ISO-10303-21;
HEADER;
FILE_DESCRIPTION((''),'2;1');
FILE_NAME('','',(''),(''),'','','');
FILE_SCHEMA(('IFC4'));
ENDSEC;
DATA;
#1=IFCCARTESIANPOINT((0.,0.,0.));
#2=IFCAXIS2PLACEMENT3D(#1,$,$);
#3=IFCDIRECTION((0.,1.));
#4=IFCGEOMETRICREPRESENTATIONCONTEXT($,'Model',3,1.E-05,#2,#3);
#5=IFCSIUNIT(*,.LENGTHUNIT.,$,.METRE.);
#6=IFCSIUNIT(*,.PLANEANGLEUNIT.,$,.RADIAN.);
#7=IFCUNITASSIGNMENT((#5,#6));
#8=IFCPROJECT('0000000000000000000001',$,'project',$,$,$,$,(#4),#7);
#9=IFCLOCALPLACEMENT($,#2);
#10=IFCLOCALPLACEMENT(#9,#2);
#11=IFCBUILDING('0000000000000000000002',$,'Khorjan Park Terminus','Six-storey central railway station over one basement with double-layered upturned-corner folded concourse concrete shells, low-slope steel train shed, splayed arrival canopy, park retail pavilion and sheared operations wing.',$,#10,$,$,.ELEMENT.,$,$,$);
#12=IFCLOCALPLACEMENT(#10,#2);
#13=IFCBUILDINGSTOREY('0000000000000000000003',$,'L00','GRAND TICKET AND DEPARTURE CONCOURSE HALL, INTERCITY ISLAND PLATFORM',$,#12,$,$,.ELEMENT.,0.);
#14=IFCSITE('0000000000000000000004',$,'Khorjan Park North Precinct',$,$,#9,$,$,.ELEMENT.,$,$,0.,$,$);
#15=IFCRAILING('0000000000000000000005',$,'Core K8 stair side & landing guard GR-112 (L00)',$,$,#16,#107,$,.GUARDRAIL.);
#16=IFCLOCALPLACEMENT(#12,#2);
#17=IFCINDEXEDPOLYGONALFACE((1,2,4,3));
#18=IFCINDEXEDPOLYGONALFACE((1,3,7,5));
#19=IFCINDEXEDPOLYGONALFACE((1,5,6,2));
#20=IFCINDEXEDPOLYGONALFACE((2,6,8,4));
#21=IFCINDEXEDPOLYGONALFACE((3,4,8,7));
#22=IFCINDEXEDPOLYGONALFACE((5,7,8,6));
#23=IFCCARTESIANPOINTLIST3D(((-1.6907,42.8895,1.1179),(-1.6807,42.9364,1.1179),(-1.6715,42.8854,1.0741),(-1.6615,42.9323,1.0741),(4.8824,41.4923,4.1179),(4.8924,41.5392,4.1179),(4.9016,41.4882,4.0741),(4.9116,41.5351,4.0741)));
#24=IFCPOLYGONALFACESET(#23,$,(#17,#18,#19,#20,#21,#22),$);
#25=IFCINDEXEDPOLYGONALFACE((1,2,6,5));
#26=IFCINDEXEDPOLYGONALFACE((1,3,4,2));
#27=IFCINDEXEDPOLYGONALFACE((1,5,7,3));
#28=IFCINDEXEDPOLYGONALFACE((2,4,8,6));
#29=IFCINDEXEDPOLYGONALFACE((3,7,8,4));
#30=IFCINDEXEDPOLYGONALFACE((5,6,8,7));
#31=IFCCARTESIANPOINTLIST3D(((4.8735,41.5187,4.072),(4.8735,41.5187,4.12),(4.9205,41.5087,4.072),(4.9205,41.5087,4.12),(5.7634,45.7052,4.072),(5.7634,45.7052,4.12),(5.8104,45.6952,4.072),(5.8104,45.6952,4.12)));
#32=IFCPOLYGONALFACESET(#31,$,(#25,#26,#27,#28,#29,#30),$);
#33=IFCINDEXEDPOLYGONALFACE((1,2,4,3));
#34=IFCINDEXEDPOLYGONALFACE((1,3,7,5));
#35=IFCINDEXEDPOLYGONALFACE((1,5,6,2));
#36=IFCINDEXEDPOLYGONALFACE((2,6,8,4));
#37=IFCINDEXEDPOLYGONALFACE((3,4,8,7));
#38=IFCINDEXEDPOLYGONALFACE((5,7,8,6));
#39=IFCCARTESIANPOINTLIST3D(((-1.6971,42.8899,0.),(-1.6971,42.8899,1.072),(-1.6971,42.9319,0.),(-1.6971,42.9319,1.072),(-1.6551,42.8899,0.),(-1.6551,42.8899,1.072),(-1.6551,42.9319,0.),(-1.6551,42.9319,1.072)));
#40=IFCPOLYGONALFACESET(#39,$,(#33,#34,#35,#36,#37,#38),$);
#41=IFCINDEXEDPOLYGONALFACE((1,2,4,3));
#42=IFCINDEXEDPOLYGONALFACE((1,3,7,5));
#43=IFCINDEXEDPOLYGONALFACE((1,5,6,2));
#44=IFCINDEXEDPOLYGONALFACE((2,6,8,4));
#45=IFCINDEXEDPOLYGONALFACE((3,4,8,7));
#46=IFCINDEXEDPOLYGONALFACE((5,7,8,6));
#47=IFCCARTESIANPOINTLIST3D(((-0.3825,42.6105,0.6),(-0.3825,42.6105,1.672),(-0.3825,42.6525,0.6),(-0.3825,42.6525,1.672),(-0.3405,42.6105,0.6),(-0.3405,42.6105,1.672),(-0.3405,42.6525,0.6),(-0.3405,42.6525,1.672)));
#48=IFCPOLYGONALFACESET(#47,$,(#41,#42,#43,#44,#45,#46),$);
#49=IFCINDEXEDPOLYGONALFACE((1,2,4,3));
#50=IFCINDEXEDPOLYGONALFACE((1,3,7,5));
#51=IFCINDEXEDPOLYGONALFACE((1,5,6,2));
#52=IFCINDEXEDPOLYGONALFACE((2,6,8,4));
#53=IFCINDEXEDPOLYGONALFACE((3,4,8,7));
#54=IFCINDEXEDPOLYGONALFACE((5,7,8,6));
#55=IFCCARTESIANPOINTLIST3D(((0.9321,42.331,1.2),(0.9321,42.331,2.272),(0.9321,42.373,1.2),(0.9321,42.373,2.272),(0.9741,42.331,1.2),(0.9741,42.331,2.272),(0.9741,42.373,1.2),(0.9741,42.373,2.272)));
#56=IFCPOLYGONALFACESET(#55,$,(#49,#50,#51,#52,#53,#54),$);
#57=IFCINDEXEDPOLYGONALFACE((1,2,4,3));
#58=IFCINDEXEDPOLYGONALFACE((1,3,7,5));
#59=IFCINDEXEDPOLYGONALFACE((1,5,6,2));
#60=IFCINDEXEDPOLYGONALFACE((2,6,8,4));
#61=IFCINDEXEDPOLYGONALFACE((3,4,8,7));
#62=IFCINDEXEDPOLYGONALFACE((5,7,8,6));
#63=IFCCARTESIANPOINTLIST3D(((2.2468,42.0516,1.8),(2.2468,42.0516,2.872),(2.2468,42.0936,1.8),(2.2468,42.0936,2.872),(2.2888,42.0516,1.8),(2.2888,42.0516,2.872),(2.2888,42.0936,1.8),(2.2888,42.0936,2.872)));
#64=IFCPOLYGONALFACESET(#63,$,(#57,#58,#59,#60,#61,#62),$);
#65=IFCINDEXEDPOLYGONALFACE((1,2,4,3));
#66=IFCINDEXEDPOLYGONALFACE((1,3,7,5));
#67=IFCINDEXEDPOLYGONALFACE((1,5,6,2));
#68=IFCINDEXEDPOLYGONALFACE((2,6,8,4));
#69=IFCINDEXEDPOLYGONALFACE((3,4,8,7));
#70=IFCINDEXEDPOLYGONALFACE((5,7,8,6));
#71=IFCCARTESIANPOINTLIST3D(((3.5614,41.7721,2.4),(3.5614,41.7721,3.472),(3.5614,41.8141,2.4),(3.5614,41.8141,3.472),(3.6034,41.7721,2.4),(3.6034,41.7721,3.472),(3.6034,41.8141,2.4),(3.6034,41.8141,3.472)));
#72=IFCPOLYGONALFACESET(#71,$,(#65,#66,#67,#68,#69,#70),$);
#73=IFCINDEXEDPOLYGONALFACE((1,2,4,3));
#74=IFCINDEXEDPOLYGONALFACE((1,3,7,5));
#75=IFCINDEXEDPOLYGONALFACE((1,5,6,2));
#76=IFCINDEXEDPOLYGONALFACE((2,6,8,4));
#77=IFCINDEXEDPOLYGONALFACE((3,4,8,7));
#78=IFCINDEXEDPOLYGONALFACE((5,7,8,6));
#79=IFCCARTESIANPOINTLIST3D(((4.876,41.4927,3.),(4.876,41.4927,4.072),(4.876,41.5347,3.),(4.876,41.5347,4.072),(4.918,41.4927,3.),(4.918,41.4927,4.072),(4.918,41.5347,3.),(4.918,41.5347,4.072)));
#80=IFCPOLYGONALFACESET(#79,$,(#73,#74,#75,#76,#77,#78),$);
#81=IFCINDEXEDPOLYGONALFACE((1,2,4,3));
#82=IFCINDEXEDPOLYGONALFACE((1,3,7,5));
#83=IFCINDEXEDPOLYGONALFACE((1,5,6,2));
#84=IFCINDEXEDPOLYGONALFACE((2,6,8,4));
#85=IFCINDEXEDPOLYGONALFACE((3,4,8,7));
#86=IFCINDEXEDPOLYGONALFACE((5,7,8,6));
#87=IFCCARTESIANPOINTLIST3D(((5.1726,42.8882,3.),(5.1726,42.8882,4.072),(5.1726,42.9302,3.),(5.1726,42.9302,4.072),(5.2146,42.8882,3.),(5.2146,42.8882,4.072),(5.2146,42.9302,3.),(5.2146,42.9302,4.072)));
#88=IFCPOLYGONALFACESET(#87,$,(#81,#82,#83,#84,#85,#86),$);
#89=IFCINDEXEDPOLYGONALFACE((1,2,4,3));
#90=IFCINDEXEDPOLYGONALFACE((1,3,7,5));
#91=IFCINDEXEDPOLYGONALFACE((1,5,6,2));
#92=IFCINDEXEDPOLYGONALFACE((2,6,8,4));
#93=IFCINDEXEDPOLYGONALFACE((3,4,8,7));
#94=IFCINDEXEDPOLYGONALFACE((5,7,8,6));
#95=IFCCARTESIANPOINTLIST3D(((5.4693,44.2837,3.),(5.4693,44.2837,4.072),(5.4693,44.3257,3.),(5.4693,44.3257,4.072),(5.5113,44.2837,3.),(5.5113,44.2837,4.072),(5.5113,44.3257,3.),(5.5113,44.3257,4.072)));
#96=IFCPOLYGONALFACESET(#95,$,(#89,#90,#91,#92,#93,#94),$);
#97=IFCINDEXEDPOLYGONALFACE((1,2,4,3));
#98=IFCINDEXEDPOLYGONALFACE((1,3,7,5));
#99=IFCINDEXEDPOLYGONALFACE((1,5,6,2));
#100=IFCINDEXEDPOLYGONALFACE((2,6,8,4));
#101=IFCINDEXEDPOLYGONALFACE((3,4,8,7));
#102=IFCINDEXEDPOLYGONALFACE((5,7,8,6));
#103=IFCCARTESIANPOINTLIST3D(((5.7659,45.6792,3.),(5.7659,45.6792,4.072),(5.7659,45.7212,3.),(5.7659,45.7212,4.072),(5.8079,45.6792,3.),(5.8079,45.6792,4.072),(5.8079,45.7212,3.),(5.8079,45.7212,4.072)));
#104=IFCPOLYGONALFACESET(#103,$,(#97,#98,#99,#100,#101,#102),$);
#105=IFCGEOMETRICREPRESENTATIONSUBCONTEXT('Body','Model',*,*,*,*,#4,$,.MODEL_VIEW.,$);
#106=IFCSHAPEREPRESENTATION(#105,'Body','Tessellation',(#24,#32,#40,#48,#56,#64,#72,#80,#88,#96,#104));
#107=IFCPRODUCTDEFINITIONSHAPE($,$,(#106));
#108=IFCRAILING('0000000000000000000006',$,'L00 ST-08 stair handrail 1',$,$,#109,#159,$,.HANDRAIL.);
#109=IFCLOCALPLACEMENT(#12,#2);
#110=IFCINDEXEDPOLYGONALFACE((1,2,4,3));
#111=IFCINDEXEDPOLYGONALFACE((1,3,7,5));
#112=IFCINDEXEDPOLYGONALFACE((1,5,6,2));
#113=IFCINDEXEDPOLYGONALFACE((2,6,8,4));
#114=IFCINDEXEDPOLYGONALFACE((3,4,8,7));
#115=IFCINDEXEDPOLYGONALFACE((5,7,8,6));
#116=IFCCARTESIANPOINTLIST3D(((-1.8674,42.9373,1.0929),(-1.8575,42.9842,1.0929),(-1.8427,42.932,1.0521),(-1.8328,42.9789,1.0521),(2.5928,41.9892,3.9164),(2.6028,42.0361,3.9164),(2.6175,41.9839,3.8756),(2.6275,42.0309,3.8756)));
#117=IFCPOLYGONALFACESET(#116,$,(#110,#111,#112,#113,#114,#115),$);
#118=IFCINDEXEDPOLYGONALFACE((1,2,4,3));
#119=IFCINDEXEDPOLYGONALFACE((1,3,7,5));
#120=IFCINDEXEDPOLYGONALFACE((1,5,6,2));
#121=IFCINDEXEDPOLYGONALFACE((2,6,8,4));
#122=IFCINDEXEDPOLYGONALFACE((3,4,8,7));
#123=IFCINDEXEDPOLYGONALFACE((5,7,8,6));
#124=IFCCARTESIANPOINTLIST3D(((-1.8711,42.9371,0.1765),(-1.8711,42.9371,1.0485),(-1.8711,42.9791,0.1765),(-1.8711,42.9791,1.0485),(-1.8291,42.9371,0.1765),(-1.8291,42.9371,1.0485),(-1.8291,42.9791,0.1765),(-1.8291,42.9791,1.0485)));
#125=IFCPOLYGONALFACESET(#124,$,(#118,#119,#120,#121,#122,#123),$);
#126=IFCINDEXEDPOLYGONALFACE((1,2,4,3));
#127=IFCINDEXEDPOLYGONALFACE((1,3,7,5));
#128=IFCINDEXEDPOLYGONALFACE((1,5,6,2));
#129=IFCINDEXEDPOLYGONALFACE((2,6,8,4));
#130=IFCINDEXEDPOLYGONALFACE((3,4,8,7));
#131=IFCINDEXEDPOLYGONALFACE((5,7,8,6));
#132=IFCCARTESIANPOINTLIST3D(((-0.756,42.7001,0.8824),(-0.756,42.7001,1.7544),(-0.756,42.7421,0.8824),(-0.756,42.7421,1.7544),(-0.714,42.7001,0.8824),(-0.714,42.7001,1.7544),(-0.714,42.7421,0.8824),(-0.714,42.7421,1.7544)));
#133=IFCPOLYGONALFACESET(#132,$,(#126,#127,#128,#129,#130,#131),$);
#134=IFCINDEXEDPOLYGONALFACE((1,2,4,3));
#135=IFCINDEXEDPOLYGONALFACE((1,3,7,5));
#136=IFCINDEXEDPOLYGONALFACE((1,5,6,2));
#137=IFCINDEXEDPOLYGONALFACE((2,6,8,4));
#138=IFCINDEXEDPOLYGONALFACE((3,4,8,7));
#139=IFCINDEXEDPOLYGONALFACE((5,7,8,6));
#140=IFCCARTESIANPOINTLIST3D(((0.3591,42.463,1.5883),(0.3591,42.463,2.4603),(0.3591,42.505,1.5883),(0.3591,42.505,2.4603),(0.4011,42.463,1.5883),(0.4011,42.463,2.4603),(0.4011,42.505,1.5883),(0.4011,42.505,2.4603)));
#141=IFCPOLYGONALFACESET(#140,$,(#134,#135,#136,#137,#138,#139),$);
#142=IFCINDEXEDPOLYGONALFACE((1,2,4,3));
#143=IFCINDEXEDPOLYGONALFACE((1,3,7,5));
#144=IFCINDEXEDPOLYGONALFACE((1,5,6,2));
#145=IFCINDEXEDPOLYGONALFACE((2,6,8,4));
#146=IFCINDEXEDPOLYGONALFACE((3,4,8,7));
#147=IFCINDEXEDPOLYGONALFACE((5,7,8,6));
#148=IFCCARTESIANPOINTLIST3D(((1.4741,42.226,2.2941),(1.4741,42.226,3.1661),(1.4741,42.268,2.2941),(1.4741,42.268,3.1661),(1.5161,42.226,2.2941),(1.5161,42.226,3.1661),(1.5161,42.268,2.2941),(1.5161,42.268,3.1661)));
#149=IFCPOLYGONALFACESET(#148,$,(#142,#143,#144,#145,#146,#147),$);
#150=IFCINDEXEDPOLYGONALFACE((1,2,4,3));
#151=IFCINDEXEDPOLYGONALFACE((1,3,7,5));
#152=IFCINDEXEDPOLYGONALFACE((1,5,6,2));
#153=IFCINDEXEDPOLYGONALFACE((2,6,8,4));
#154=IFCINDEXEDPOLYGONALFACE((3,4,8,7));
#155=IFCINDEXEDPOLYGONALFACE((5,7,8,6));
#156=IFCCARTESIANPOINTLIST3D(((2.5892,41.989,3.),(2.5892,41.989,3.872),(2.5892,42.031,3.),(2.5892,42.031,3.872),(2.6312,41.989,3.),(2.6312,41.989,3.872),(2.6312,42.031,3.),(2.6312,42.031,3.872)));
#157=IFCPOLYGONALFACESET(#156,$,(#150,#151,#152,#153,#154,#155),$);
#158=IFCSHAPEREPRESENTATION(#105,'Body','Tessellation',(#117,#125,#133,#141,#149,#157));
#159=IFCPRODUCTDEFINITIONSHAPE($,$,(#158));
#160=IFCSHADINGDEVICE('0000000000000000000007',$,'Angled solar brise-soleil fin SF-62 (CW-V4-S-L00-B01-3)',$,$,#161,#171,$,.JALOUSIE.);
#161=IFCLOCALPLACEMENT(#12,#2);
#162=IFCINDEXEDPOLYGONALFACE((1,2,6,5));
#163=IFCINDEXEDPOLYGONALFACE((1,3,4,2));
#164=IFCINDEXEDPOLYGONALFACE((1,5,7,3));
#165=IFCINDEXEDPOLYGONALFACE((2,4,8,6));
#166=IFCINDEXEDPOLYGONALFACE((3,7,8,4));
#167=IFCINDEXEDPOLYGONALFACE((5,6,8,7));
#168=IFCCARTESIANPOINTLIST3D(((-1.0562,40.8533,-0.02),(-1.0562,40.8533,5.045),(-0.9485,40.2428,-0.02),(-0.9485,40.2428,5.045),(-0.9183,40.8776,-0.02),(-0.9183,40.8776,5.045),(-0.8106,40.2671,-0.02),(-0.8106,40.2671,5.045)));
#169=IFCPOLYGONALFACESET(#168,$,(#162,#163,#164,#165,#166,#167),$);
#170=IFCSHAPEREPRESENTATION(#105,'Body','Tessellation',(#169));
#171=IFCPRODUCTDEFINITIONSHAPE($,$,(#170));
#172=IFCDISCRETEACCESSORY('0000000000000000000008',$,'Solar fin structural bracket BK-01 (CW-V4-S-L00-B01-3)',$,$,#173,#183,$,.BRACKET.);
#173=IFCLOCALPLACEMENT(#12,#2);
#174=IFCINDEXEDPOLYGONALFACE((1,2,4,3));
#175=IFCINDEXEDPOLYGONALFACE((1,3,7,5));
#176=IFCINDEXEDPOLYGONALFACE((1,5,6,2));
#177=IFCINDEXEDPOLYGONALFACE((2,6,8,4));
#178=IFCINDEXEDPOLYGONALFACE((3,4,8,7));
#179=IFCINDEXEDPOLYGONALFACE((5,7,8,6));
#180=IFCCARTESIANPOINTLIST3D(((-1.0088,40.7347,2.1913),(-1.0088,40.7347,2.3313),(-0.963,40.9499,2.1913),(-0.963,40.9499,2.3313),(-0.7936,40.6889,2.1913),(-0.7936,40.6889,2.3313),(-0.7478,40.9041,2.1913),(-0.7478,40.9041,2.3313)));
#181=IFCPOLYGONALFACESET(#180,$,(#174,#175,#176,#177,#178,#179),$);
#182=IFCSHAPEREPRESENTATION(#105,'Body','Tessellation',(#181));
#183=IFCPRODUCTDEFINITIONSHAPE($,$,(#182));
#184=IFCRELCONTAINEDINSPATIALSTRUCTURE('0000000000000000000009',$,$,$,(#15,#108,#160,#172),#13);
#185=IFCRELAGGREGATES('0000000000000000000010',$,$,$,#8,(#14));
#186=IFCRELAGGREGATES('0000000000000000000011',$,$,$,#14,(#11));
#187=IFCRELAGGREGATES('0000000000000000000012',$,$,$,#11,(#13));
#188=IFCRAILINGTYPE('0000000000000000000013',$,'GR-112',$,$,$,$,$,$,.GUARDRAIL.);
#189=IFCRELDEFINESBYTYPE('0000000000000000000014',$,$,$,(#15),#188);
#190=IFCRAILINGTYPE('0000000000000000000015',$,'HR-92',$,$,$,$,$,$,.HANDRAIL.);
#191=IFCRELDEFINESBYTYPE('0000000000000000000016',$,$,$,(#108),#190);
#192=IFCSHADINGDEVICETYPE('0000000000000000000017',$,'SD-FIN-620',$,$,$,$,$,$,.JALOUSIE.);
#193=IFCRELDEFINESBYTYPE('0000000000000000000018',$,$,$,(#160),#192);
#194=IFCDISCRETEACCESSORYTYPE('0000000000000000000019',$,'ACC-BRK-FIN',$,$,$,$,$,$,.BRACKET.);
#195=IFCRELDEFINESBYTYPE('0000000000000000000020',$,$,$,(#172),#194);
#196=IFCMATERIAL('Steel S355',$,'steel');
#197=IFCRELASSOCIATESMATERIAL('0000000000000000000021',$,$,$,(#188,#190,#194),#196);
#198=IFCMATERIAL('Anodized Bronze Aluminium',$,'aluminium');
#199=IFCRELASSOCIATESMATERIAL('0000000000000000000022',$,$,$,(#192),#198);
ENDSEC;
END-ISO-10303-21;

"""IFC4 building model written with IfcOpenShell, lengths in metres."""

from ifc_helpers import new_model, si_unit, direction, frame, origin, origin_2d, place, context, subcontext, project, spatial, rectangle, extrude, material, type_object, element, save


model = new_model("IFC4")

# Units and contexts
model_context = context("Model", 3, precision=1e-05, world=origin(), true_north=direction((0.0, 1.0)))
body_context = subcontext(model_context, "Body", "Model", "MODEL_VIEW")
ifc_project = project(units=[si_unit("LENGTHUNIT", "METRE"), si_unit("PLANEANGLEUNIT", "RADIAN")], contexts=[model_context])

# Site, building, storey
site_placement = place(None, origin())
site = spatial("IfcSite", under=ifc_project, at=site_placement, Name="Khorjan Park North Precinct", CompositionType="ELEMENT", RefElevation=0.0)
building_placement = place(site_placement, origin())
building = spatial("IfcBuilding", under=site, at=building_placement, Name="Khorjan Park Terminus", Description="Six-storey central railway station over one basement with double-layered upturned-corner folded concourse concrete shells, low-slope steel train shed, splayed arrival canopy, park retail pavilion and sheared operations wing.", CompositionType="ELEMENT")
storey_placement = place(building_placement, origin())
storey = spatial("IfcBuildingStorey", under=building, at=storey_placement, Name="L00", Description="GRAND TICKET AND DEPARTURE CONCOURSE HALL, INTERCITY ISLAND PLATFORM", CompositionType="ELEMENT", Elevation=0.0)

# Shared definitions
ifc_material_1 = material(Name="Anodized Bronze Aluminium", Category="aluminium")

# Railings
ifc_material_2 = material(Name="Steel S355", Category="steel")
railing_type_1 = type_object("IfcRailingType", Name="GR-112", PredefinedType="GUARDRAIL", material=ifc_material_2)
railing_1_placement = place(storey_placement, frame((-1.6761, 42.9109, 0.0)))
element("IfcRailing", 1, at=railing_1_placement, inside=storey, type_object=railing_type_1, Name="Core K8 stair side & landing guard GR-112 (L00)", PredefinedType="GUARDRAIL", context=body_context, shape_type="SweptSolid", body=[
    extrude(rectangle(XDim=0.048, YDim=0.048, at=origin_2d()), frame((0.0, 0.0, 1.096), z_axis=(0.893181, -0.189858, 0.407653), x_axis=(0.207918, 0.978146, 0.0)), (0.0, 0.0, 1.0), 7.3592),
    extrude(rectangle(XDim=0.048, YDim=0.048, at=origin_2d()), frame((6.5731, -1.3972, 4.096), z_axis=(0.207919, 0.978146, 0.0), x_axis=(-0.978146, 0.207919, 0.0)), (0.0, 0.0, 1.0), 4.28),
    extrude(rectangle(XDim=0.042, YDim=0.042, at=origin_2d()), origin(), (0.0, 0.0, 1.0), 1.072),
    extrude(rectangle(XDim=0.042, YDim=0.042, at=origin_2d()), frame((1.3146, -0.2794, 0.6)), (0.0, 0.0, 1.0), 1.072),
    extrude(rectangle(XDim=0.042, YDim=0.042, at=origin_2d()), frame((2.6292, -0.5589, 1.2)), (0.0, 0.0, 1.0), 1.072),
    extrude(rectangle(XDim=0.042, YDim=0.042, at=origin_2d()), frame((3.9439, -0.8383, 1.8)), (0.0, 0.0, 1.0), 1.072),
    extrude(rectangle(XDim=0.042, YDim=0.042, at=origin_2d()), frame((5.2585, -1.1178, 2.4)), (0.0, 0.0, 1.0), 1.072),
    extrude(rectangle(XDim=0.042, YDim=0.042, at=origin_2d()), frame((6.5731, -1.3972, 3.0)), (0.0, 0.0, 1.0), 1.072),
    extrude(rectangle(XDim=0.042, YDim=0.042, at=origin_2d()), frame((6.8697, -0.0017, 3.0)), (0.0, 0.0, 1.0), 1.072),
    extrude(rectangle(XDim=0.042, YDim=0.042, at=origin_2d()), frame((7.1664, 1.3938, 3.0)), (0.0, 0.0, 1.0), 1.072),
    extrude(rectangle(XDim=0.042, YDim=0.042, at=origin_2d()), frame((7.463, 2.7893, 3.0)), (0.0, 0.0, 1.0), 1.072),
])
railing_type_2 = type_object("IfcRailingType", Name="HR-92", PredefinedType="HANDRAIL", material=ifc_material_2)
railing_2_placement = place(storey_placement, frame((-1.8501, 42.9581, 0.1765)))
element("IfcRailing", 2, at=railing_2_placement, inside=storey, type_object=railing_type_2, Name="L00 ST-08 stair handrail 1", PredefinedType="HANDRAIL", context=body_context, shape_type="SweptSolid", body=[
    extrude(rectangle(XDim=0.048, YDim=0.048, at=origin_2d()), frame((0.0, 0.0, 0.896), z_axis=(0.831629, -0.176774, 0.526445), x_axis=(0.207919, 0.978146, 0.0)), (0.0, 0.0, 1.0), 5.3633),
    extrude(rectangle(XDim=0.042, YDim=0.042, at=origin_2d()), origin(), (0.0, 0.0, 1.0), 0.872),
    extrude(rectangle(XDim=0.042, YDim=0.042, at=origin_2d()), frame((1.1151, -0.237, 0.7059)), (0.0, 0.0, 1.0), 0.872),
    extrude(rectangle(XDim=0.042, YDim=0.042, at=origin_2d()), frame((2.2302, -0.4741, 1.4118)), (0.0, 0.0, 1.0), 0.872),
    extrude(rectangle(XDim=0.042, YDim=0.042, at=origin_2d()), frame((3.3452, -0.7111, 2.1176)), (0.0, 0.0, 1.0), 0.872),
    extrude(rectangle(XDim=0.042, YDim=0.042, at=origin_2d()), frame((4.4603, -0.9481, 2.8235)), (0.0, 0.0, 1.0), 0.872),
])

# Shading device
shading_device_type = type_object("IfcShadingDeviceType", Name="SD-FIN-620", PredefinedType="JALOUSIE", material=ifc_material_1)
shading_device_placement = place(storey_placement, frame((-0.9334, 40.5602, -0.02), z_axis=(0.0, 0.0, 1.0), x_axis=(-0.173648, 0.984808, 0.0)))
element("IfcShadingDevice", 3, at=shading_device_placement, inside=storey, type_object=shading_device_type, Name="Angled solar brise-soleil fin SF-62 (CW-V4-S-L00-B01-3)", PredefinedType="JALOUSIE", context=body_context, shape_type="SweptSolid", body=[
    extrude(rectangle(XDim=0.62, YDim=0.14, at=origin_2d()), origin(), (0.0, 0.0, 1.0), 5.065),
])

# Discrete accessory
discrete_accessory_type = type_object("IfcDiscreteAccessoryType", Name="ACC-BRK-FIN", PredefinedType="BRACKET", material=ifc_material_2)
discrete_accessory_placement = place(storey_placement, frame((-0.8783, 40.8194, 2.1913), z_axis=(0.0, 0.0, 1.0), x_axis=(0.978147, -0.207914, 0.0)))
element("IfcDiscreteAccessory", 4, at=discrete_accessory_placement, inside=storey, type_object=discrete_accessory_type, Name="Solar fin structural bracket BK-01 (CW-V4-S-L00-B01-3)", PredefinedType="BRACKET", context=body_context, shape_type="SweptSolid", body=[
    extrude(rectangle(XDim=0.22, YDim=0.22, at=origin_2d()), origin(), (0.0, 0.0, 1.0), 0.14),
])

save(model, "model.ifc")
